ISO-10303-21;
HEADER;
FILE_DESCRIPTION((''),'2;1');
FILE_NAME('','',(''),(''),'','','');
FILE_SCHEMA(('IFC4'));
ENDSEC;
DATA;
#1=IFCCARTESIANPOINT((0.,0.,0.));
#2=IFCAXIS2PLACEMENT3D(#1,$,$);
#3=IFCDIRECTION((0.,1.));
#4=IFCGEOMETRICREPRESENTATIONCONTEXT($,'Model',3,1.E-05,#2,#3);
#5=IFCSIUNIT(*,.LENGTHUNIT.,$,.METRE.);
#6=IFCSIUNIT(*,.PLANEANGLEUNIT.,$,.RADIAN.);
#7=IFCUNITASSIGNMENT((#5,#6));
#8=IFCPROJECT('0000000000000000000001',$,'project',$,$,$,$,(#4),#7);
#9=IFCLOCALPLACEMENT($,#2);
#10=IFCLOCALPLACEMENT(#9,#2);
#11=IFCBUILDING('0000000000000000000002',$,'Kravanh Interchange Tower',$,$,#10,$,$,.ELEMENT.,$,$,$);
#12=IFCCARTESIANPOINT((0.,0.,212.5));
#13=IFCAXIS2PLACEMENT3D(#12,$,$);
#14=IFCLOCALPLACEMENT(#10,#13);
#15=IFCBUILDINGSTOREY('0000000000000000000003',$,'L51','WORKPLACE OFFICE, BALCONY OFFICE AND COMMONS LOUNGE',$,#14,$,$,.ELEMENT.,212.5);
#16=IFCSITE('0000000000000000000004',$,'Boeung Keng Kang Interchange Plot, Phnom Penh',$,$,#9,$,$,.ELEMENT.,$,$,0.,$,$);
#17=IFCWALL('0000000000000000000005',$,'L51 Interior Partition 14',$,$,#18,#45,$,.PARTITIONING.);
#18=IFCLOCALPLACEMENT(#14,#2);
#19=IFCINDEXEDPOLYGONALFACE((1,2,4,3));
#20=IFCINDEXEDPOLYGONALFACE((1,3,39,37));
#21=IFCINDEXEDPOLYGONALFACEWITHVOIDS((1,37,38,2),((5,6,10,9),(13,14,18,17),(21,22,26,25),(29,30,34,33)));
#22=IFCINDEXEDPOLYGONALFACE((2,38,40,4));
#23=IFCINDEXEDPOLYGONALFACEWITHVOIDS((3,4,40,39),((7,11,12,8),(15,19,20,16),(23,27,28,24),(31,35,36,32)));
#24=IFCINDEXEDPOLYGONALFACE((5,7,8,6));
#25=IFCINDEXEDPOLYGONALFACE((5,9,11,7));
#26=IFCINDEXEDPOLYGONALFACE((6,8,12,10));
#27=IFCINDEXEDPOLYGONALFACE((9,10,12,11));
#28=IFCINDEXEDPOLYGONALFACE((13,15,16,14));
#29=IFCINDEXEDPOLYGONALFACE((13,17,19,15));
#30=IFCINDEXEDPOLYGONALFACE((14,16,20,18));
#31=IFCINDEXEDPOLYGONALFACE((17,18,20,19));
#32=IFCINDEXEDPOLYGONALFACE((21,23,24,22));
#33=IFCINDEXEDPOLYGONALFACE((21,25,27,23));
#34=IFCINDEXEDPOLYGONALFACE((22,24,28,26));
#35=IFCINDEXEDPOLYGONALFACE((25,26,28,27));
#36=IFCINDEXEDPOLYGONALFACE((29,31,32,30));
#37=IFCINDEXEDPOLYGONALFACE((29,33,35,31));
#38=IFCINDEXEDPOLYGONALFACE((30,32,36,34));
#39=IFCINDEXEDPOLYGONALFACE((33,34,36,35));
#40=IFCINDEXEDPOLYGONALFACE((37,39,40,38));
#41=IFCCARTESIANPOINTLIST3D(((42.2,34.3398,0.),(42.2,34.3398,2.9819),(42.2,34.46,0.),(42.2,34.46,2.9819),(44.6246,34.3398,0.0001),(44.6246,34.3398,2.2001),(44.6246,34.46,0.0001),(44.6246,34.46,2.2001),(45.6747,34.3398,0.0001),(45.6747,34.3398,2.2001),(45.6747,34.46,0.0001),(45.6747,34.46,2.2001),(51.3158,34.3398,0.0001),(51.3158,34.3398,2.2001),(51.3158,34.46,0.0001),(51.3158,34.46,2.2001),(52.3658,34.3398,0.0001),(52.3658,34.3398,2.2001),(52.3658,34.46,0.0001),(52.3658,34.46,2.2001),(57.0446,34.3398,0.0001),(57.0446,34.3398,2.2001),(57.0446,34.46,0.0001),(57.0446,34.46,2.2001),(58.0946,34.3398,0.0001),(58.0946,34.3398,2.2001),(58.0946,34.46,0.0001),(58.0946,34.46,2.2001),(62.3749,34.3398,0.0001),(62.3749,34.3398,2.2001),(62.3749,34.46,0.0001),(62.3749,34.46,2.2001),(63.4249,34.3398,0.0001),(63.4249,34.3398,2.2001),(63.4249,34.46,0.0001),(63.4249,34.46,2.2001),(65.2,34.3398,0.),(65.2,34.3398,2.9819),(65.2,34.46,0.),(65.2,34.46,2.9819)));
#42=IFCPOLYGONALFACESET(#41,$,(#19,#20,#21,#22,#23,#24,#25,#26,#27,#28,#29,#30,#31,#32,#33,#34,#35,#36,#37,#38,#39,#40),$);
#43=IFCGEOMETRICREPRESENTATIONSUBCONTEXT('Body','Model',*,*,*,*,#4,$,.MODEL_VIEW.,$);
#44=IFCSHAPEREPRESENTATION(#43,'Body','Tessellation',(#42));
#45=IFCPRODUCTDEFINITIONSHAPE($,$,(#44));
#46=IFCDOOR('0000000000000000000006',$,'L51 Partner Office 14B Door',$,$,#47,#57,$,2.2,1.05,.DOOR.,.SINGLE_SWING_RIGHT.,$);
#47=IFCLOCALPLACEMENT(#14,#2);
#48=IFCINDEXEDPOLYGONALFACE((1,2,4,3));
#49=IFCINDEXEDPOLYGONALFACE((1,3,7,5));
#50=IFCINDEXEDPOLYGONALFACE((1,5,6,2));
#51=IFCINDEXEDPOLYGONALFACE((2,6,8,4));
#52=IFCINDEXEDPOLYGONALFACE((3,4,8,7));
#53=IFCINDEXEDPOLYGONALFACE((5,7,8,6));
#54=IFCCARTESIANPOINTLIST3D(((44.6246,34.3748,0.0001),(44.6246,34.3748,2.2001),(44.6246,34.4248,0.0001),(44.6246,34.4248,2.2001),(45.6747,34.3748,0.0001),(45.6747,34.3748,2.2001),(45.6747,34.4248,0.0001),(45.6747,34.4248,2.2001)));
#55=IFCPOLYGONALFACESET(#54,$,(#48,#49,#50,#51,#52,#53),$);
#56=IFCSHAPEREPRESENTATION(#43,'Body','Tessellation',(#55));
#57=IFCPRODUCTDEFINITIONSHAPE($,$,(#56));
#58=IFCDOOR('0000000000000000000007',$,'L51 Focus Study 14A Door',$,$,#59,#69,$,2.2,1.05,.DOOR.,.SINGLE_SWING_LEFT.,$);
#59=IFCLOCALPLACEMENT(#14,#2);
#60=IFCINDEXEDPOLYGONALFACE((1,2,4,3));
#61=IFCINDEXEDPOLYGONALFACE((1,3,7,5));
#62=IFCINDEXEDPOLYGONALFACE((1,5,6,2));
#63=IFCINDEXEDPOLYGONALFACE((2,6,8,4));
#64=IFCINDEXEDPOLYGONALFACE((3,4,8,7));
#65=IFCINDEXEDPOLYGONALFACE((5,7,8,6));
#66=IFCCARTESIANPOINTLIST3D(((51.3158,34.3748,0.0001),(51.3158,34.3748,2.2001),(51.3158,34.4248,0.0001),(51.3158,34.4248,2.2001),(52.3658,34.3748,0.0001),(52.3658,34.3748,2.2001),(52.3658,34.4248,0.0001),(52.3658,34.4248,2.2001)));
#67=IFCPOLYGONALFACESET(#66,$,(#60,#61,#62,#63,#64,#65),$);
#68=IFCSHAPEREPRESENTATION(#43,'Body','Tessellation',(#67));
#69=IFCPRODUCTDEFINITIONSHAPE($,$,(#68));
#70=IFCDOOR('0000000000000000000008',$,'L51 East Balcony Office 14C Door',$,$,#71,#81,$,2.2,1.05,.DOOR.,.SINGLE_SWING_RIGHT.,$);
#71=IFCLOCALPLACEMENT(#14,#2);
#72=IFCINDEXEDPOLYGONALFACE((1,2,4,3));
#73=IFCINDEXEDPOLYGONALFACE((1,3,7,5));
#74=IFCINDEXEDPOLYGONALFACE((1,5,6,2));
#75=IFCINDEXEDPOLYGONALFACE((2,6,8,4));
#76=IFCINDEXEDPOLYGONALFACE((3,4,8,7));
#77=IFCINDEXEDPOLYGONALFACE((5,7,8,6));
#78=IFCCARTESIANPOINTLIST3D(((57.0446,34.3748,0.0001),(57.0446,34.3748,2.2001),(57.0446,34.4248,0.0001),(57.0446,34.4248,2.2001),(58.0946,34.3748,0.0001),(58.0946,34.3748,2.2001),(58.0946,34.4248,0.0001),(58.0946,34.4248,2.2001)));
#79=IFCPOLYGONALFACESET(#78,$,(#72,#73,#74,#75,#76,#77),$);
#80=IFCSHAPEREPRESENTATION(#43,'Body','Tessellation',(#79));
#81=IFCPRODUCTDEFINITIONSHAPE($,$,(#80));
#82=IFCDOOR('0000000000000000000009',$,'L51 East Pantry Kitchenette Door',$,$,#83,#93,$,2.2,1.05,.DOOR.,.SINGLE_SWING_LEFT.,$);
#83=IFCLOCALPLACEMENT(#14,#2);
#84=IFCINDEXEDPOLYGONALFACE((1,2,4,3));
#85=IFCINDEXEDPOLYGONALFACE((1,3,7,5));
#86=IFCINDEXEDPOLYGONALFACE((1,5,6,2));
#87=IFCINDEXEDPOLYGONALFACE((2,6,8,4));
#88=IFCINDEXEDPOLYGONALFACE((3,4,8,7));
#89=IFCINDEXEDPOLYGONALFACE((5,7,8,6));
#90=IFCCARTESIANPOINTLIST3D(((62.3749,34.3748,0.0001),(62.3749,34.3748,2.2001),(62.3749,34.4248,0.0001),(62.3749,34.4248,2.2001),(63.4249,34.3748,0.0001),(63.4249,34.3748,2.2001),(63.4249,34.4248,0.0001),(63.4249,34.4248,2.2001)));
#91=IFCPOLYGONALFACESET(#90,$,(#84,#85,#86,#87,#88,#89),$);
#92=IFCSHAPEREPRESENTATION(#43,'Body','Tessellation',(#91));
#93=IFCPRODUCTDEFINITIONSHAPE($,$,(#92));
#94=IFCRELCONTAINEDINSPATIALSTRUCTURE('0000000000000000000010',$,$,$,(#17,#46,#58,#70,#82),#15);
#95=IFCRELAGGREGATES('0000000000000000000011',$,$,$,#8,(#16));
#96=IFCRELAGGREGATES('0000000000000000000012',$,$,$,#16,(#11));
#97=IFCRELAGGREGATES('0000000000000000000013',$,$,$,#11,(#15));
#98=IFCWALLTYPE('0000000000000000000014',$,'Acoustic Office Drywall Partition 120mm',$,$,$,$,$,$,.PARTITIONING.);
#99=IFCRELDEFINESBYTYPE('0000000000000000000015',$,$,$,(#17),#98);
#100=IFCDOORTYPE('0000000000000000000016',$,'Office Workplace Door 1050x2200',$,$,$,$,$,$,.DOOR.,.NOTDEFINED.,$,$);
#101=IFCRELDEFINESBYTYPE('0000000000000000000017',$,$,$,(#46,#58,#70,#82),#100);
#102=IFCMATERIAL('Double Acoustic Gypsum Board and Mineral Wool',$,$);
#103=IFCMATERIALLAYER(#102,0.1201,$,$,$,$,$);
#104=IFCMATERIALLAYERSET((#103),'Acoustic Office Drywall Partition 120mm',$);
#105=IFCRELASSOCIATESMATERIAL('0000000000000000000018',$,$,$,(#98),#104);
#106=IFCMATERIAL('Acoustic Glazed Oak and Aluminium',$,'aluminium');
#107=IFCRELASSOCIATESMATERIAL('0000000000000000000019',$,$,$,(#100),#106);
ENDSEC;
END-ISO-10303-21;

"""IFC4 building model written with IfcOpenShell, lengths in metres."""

from ifc_helpers import new_model, si_unit, direction, frame, frame_2d, origin, place, context, subcontext, project, spatial, rectangle, extrude, material, layer, layer_set, type_object, element, fill, save


model = new_model("IFC4")

# Units and contexts
model_context = context("Model", 3, precision=1e-05, world=origin(), true_north=direction((0.0, 1.0)))
body_context = subcontext(model_context, "Body", "Model", "MODEL_VIEW")
ifc_project = project(units=[si_unit("LENGTHUNIT", "METRE"), si_unit("PLANEANGLEUNIT", "RADIAN")], contexts=[model_context])

# Site, building, storey
site_placement = place(None, origin())
site = spatial("IfcSite", under=ifc_project, at=site_placement, Name="Boeung Keng Kang Interchange Plot, Phnom Penh", CompositionType="ELEMENT", RefElevation=0.0)
building_placement = place(site_placement, origin())
building = spatial("IfcBuilding", under=site, at=building_placement, Name="Kravanh Interchange Tower", CompositionType="ELEMENT")
storey_placement = place(building_placement, frame((0.0, 0.0, 212.5)))
storey = spatial("IfcBuildingStorey", under=building, at=storey_placement, Name="L51", Description="WORKPLACE OFFICE, BALCONY OFFICE AND COMMONS LOUNGE", CompositionType="ELEMENT", Elevation=212.5)

# Wall, openings, doors
ifc_material_1 = material(Name="Double Acoustic Gypsum Board and Mineral Wool")
ifc_layer_1 = layer(ifc_material_1, 0.1201)
ifc_layer_set_1 = layer_set([ifc_layer_1], Name="Acoustic Office Drywall Partition 120mm")
wall_type = type_object("IfcWallType", Name="Acoustic Office Drywall Partition 120mm", PredefinedType="PARTITIONING", material=ifc_layer_set_1)
wall_placement = place(storey_placement, frame((42.2, 34.3999, 0.0), z_axis=(0.0, 0.0, 1.0), x_axis=(1.0, 0.0, 0.0)))
wall = element("IfcWall", 1, at=wall_placement, inside=storey, type_object=wall_type, Name="L51 Interior Partition 14", PredefinedType="PARTITIONING", context=body_context, shape_type="SweptSolid", body=[
    extrude(rectangle(XDim=23.0, YDim=0.1201, at=frame_2d((11.5, 0.0))), origin(), (0.0, 0.0, 1.0), 2.9819),
])
opening_1_placement = place(wall_placement, frame((2.4248, 0.0, 0.0)))
opening_1 = element("IfcOpeningElement", 2, at=opening_1_placement, cuts=wall, PredefinedType="OPENING", context=body_context, shape_type="SweptSolid", body=[
    extrude(rectangle(XDim=1.05, YDim=2.2, at=frame_2d((0.5249, 1.1001))), frame((0.0, 0.0701, 0.0), z_axis=(0.0, -1.0, 0.0), x_axis=(1.0, 0.0, 0.0)), (0.0, 0.0, 1.0), 0.1401),
])
opening_2_placement = place(wall_placement, frame((9.116, 0.0, 0.0)))
opening_2 = element("IfcOpeningElement", 3, at=opening_2_placement, cuts=wall, PredefinedType="OPENING", context=body_context, shape_type="SweptSolid", body=[
    extrude(rectangle(XDim=1.05, YDim=2.2, at=frame_2d((0.5249, 1.1001))), frame((0.0, 0.0701, 0.0), z_axis=(0.0, -1.0, 0.0), x_axis=(1.0, 0.0, 0.0)), (0.0, 0.0, 1.0), 0.1401),
])
opening_3_placement = place(wall_placement, frame((14.8447, 0.0, 0.0)))
opening_3 = element("IfcOpeningElement", 4, at=opening_3_placement, cuts=wall, PredefinedType="OPENING", context=body_context, shape_type="SweptSolid", body=[
    extrude(rectangle(XDim=1.05, YDim=2.2, at=frame_2d((0.5249, 1.1001))), frame((0.0, 0.0701, 0.0), z_axis=(0.0, -1.0, 0.0), x_axis=(1.0, 0.0, 0.0)), (0.0, 0.0, 1.0), 0.1401),
])
opening_4_placement = place(wall_placement, frame((20.175, 0.0, 0.0)))
opening_4 = element("IfcOpeningElement", 5, at=opening_4_placement, cuts=wall, PredefinedType="OPENING", context=body_context, shape_type="SweptSolid", body=[
    extrude(rectangle(XDim=1.05, YDim=2.2, at=frame_2d((0.5249, 1.1001))), frame((0.0, 0.0701, 0.0), z_axis=(0.0, -1.0, 0.0), x_axis=(1.0, 0.0, 0.0)), (0.0, 0.0, 1.0), 0.1401),
])
ifc_material_2 = material(Name="Acoustic Glazed Oak and Aluminium", Category="aluminium")
door_type = type_object("IfcDoorType", Name="Office Workplace Door 1050x2200", OperationType="NOTDEFINED", PredefinedType="DOOR", material=ifc_material_2)
door_1_placement = place(opening_1_placement, origin())
door_1 = element("IfcDoor", 6, at=door_1_placement, inside=storey, type_object=door_type, Name="L51 Partner Office 14B Door", OperationType="SINGLE_SWING_RIGHT", OverallHeight=2.2, OverallWidth=1.05, PredefinedType="DOOR", context=body_context, shape_type="SweptSolid", body=[
    extrude(rectangle(XDim=1.05, YDim=2.2, at=frame_2d((0.5249, 1.1001))), frame((0.0, 0.0249, 0.0), z_axis=(0.0, -1.0, 0.0), x_axis=(1.0, 0.0, 0.0)), (0.0, 0.0, 1.0), 0.05),
])
fill(opening_1, door_1)
door_2_placement = place(opening_2_placement, origin())
door_2 = element("IfcDoor", 7, at=door_2_placement, inside=storey, type_object=door_type, Name="L51 Focus Study 14A Door", OperationType="SINGLE_SWING_LEFT", OverallHeight=2.2, OverallWidth=1.05, PredefinedType="DOOR", context=body_context, shape_type="SweptSolid", body=[
    extrude(rectangle(XDim=1.05, YDim=2.2, at=frame_2d((0.5249, 1.1001))), frame((0.0, 0.0249, 0.0), z_axis=(0.0, -1.0, 0.0), x_axis=(1.0, 0.0, 0.0)), (0.0, 0.0, 1.0), 0.05),
])
fill(opening_2, door_2)
door_3_placement = place(opening_3_placement, origin())
door_3 = element("IfcDoor", 8, at=door_3_placement, inside=storey, type_object=door_type, Name="L51 East Balcony Office 14C Door", OperationType="SINGLE_SWING_RIGHT", OverallHeight=2.2, OverallWidth=1.05, PredefinedType="DOOR", context=body_context, shape_type="SweptSolid", body=[
    extrude(rectangle(XDim=1.05, YDim=2.2, at=frame_2d((0.5249, 1.1001))), frame((0.0, 0.0249, 0.0), z_axis=(0.0, -1.0, 0.0), x_axis=(1.0, 0.0, 0.0)), (0.0, 0.0, 1.0), 0.05),
])
fill(opening_3, door_3)
door_4_placement = place(opening_4_placement, origin())
door_4 = element("IfcDoor", 9, at=door_4_placement, inside=storey, type_object=door_type, Name="L51 East Pantry Kitchenette Door", OperationType="SINGLE_SWING_LEFT", OverallHeight=2.2, OverallWidth=1.05, PredefinedType="DOOR", context=body_context, shape_type="SweptSolid", body=[
    extrude(rectangle(XDim=1.05, YDim=2.2, at=frame_2d((0.5249, 1.1001))), frame((0.0, 0.0249, 0.0), z_axis=(0.0, -1.0, 0.0), x_axis=(1.0, 0.0, 0.0)), (0.0, 0.0, 1.0), 0.05),
])
fill(opening_4, door_4)

save(model, "model.ifc")
